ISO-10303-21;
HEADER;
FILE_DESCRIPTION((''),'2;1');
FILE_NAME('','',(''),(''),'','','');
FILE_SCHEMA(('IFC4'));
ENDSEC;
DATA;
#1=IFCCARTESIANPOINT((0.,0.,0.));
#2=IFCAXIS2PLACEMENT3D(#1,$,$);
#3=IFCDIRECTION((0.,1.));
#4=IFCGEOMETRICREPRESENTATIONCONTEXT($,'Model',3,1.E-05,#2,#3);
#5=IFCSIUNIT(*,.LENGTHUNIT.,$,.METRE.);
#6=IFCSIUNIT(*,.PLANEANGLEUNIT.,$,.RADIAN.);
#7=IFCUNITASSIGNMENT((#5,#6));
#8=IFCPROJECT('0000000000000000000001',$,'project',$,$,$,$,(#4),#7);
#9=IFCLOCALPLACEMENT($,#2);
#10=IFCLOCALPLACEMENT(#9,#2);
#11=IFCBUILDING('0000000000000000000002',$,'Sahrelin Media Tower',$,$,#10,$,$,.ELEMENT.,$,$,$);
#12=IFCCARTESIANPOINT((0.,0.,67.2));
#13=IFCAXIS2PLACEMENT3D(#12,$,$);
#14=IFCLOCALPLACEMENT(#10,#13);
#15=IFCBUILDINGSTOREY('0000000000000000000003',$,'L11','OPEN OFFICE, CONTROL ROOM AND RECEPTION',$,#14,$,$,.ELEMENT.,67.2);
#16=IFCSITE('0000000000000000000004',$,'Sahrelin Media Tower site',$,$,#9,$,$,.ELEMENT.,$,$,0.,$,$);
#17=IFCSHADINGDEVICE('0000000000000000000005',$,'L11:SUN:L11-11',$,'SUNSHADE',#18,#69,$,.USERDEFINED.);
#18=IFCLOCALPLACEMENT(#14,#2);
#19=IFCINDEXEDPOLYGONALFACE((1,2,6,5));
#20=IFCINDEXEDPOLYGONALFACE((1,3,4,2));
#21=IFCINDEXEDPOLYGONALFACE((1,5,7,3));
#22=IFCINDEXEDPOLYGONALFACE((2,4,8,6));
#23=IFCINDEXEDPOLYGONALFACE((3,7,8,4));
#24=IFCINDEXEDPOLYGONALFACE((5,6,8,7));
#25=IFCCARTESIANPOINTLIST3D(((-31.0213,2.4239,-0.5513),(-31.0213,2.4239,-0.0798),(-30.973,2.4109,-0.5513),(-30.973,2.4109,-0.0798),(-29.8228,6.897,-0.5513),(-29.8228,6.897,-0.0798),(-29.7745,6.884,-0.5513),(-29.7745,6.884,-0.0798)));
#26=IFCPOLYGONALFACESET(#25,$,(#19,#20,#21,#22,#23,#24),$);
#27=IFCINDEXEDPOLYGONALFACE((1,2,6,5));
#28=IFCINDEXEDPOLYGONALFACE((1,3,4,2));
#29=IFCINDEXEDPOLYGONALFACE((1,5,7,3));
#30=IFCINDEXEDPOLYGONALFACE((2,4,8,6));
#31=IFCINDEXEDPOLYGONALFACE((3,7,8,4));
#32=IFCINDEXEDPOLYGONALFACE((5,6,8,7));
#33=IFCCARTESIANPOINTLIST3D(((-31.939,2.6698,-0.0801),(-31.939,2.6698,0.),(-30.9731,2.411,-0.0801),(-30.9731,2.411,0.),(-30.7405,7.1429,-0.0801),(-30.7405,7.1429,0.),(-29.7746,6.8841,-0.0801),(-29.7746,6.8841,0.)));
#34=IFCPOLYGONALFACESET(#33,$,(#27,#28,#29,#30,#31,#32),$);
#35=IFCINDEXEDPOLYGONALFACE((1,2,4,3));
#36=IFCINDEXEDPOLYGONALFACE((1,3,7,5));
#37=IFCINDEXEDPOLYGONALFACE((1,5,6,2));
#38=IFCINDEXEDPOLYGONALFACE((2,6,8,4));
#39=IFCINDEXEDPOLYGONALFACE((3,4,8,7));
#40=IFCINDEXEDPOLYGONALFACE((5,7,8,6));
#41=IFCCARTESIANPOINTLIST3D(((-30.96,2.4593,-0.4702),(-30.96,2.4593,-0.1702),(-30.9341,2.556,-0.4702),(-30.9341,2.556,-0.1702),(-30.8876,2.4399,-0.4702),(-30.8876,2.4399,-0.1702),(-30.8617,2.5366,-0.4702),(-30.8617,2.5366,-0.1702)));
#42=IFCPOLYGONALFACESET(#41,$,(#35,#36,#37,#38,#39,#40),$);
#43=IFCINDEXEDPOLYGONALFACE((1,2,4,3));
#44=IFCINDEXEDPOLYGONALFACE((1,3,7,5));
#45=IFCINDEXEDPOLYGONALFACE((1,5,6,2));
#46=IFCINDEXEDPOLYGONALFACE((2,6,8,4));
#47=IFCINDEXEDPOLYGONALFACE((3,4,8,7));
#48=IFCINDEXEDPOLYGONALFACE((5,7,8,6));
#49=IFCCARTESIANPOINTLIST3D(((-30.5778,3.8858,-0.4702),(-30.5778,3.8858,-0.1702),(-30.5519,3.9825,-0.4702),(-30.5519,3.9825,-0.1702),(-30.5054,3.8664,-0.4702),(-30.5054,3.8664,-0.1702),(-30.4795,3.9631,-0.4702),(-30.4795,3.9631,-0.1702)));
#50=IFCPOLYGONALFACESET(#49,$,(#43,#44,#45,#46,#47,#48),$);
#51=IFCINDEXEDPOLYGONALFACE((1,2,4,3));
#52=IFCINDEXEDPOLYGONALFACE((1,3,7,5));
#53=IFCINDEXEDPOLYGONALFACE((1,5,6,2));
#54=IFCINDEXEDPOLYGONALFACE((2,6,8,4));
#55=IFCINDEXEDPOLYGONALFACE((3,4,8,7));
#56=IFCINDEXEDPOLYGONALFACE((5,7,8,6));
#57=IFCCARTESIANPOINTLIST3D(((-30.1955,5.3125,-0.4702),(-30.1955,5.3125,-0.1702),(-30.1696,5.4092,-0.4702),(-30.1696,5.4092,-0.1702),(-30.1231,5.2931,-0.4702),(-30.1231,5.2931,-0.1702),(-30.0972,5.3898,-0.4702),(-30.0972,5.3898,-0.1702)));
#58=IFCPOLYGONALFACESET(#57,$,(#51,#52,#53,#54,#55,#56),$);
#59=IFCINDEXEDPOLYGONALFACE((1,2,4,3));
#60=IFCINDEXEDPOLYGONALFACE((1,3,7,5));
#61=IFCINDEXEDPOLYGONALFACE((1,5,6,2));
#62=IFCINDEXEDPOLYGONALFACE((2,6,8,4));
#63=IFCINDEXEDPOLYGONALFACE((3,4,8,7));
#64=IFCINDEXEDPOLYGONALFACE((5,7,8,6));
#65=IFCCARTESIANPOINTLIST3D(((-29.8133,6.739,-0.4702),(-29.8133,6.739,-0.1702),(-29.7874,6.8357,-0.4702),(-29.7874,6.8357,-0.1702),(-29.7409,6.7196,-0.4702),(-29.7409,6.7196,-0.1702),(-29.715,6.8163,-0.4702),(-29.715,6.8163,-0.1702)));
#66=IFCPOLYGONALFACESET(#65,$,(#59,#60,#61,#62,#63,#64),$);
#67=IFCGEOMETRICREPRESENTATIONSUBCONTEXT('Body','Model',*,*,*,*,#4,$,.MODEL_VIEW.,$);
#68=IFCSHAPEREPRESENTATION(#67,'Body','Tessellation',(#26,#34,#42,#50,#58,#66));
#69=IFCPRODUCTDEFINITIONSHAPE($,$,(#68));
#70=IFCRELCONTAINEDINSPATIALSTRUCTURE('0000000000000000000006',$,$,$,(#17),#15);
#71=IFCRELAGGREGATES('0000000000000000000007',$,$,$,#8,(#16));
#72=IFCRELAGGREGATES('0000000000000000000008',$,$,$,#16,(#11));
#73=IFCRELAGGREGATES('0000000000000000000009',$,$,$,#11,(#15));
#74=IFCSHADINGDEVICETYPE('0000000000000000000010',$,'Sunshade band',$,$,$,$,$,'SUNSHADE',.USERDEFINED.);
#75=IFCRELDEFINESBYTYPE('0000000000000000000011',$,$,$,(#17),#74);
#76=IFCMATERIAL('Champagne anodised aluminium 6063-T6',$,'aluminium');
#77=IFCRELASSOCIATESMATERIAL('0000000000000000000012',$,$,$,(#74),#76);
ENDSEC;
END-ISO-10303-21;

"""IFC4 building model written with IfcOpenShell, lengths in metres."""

from ifc_helpers import new_model, si_unit, direction, frame, origin, origin_2d, place, context, subcontext, project, spatial, rectangle, extrude, material, type_object, element, save


model = new_model("IFC4")

# Units and contexts
model_context = context("Model", 3, precision=1e-05, world=origin(), true_north=direction((0.0, 1.0)))
body_context = subcontext(model_context, "Body", "Model", "MODEL_VIEW")
ifc_project = project(units=[si_unit("LENGTHUNIT", "METRE"), si_unit("PLANEANGLEUNIT", "RADIAN")], contexts=[model_context])

# Site, building, storey
site_placement = place(None, origin())
site = spatial("IfcSite", under=ifc_project, at=site_placement, Name="Sahrelin Media Tower site", CompositionType="ELEMENT", RefElevation=0.0)
building_placement = place(site_placement, origin())
building = spatial("IfcBuilding", under=site, at=building_placement, Name="Sahrelin Media Tower", CompositionType="ELEMENT")
storey_placement = place(building_placement, frame((0.0, 0.0, 67.2)))
storey = spatial("IfcBuildingStorey", under=building, at=storey_placement, Name="L11", Description="OPEN OFFICE, CONTROL ROOM AND RECEPTION", CompositionType="ELEMENT", Elevation=67.2)

# Shared definitions
ifc_material_1 = material(Name="Champagne anodised aluminium 6063-T6", Category="aluminium")

# Shading device
placement_1 = place(storey_placement, frame((-30.3545, 4.6423, 0.0), z_axis=(0.0, 0.0, 1.0), x_axis=(0.258808, 0.965929, 0.0)))
shading_device_type_1 = type_object("IfcShadingDeviceType", Name="Sunshade band", ElementType="SUNSHADE", PredefinedType="USERDEFINED", material=ifc_material_1)
element("IfcShadingDevice", 1, at=placement_1, inside=storey, type_object=shading_device_type_1, Name="L11:SUN:L11-11", ObjectType="SUNSHADE", PredefinedType="USERDEFINED", context=body_context, shape_type="SweptSolid", body=[
    extrude(rectangle(XDim=4.6309, YDim=0.05, at=origin_2d()), frame((0.0, 0.0449, -0.5513)), (0.0, 0.0, 1.0), 0.4714),
    extrude(rectangle(XDim=4.6309, YDim=1.0, at=origin_2d()), frame((0.0, 0.52, -0.0801)), (0.0, 0.0, 1.0), 0.0801),
    extrude(rectangle(XDim=0.1001, YDim=0.075, at=origin_2d()), frame((-2.2153, -0.0176, -0.4702)), (0.0, 0.0, 1.0), 0.3),
    extrude(rectangle(XDim=0.1001, YDim=0.075, at=origin_2d()), frame((-0.7385, -0.0176, -0.4702)), (0.0, 0.0, 1.0), 0.3),
    extrude(rectangle(XDim=0.1001, YDim=0.075, at=origin_2d()), frame((0.7385, -0.0176, -0.4702)), (0.0, 0.0, 1.0), 0.3),
    extrude(rectangle(XDim=0.1001, YDim=0.075, at=origin_2d()), frame((2.2153, -0.0176, -0.4702)), (0.0, 0.0, 1.0), 0.3),
])

save(model, "model.ifc")
